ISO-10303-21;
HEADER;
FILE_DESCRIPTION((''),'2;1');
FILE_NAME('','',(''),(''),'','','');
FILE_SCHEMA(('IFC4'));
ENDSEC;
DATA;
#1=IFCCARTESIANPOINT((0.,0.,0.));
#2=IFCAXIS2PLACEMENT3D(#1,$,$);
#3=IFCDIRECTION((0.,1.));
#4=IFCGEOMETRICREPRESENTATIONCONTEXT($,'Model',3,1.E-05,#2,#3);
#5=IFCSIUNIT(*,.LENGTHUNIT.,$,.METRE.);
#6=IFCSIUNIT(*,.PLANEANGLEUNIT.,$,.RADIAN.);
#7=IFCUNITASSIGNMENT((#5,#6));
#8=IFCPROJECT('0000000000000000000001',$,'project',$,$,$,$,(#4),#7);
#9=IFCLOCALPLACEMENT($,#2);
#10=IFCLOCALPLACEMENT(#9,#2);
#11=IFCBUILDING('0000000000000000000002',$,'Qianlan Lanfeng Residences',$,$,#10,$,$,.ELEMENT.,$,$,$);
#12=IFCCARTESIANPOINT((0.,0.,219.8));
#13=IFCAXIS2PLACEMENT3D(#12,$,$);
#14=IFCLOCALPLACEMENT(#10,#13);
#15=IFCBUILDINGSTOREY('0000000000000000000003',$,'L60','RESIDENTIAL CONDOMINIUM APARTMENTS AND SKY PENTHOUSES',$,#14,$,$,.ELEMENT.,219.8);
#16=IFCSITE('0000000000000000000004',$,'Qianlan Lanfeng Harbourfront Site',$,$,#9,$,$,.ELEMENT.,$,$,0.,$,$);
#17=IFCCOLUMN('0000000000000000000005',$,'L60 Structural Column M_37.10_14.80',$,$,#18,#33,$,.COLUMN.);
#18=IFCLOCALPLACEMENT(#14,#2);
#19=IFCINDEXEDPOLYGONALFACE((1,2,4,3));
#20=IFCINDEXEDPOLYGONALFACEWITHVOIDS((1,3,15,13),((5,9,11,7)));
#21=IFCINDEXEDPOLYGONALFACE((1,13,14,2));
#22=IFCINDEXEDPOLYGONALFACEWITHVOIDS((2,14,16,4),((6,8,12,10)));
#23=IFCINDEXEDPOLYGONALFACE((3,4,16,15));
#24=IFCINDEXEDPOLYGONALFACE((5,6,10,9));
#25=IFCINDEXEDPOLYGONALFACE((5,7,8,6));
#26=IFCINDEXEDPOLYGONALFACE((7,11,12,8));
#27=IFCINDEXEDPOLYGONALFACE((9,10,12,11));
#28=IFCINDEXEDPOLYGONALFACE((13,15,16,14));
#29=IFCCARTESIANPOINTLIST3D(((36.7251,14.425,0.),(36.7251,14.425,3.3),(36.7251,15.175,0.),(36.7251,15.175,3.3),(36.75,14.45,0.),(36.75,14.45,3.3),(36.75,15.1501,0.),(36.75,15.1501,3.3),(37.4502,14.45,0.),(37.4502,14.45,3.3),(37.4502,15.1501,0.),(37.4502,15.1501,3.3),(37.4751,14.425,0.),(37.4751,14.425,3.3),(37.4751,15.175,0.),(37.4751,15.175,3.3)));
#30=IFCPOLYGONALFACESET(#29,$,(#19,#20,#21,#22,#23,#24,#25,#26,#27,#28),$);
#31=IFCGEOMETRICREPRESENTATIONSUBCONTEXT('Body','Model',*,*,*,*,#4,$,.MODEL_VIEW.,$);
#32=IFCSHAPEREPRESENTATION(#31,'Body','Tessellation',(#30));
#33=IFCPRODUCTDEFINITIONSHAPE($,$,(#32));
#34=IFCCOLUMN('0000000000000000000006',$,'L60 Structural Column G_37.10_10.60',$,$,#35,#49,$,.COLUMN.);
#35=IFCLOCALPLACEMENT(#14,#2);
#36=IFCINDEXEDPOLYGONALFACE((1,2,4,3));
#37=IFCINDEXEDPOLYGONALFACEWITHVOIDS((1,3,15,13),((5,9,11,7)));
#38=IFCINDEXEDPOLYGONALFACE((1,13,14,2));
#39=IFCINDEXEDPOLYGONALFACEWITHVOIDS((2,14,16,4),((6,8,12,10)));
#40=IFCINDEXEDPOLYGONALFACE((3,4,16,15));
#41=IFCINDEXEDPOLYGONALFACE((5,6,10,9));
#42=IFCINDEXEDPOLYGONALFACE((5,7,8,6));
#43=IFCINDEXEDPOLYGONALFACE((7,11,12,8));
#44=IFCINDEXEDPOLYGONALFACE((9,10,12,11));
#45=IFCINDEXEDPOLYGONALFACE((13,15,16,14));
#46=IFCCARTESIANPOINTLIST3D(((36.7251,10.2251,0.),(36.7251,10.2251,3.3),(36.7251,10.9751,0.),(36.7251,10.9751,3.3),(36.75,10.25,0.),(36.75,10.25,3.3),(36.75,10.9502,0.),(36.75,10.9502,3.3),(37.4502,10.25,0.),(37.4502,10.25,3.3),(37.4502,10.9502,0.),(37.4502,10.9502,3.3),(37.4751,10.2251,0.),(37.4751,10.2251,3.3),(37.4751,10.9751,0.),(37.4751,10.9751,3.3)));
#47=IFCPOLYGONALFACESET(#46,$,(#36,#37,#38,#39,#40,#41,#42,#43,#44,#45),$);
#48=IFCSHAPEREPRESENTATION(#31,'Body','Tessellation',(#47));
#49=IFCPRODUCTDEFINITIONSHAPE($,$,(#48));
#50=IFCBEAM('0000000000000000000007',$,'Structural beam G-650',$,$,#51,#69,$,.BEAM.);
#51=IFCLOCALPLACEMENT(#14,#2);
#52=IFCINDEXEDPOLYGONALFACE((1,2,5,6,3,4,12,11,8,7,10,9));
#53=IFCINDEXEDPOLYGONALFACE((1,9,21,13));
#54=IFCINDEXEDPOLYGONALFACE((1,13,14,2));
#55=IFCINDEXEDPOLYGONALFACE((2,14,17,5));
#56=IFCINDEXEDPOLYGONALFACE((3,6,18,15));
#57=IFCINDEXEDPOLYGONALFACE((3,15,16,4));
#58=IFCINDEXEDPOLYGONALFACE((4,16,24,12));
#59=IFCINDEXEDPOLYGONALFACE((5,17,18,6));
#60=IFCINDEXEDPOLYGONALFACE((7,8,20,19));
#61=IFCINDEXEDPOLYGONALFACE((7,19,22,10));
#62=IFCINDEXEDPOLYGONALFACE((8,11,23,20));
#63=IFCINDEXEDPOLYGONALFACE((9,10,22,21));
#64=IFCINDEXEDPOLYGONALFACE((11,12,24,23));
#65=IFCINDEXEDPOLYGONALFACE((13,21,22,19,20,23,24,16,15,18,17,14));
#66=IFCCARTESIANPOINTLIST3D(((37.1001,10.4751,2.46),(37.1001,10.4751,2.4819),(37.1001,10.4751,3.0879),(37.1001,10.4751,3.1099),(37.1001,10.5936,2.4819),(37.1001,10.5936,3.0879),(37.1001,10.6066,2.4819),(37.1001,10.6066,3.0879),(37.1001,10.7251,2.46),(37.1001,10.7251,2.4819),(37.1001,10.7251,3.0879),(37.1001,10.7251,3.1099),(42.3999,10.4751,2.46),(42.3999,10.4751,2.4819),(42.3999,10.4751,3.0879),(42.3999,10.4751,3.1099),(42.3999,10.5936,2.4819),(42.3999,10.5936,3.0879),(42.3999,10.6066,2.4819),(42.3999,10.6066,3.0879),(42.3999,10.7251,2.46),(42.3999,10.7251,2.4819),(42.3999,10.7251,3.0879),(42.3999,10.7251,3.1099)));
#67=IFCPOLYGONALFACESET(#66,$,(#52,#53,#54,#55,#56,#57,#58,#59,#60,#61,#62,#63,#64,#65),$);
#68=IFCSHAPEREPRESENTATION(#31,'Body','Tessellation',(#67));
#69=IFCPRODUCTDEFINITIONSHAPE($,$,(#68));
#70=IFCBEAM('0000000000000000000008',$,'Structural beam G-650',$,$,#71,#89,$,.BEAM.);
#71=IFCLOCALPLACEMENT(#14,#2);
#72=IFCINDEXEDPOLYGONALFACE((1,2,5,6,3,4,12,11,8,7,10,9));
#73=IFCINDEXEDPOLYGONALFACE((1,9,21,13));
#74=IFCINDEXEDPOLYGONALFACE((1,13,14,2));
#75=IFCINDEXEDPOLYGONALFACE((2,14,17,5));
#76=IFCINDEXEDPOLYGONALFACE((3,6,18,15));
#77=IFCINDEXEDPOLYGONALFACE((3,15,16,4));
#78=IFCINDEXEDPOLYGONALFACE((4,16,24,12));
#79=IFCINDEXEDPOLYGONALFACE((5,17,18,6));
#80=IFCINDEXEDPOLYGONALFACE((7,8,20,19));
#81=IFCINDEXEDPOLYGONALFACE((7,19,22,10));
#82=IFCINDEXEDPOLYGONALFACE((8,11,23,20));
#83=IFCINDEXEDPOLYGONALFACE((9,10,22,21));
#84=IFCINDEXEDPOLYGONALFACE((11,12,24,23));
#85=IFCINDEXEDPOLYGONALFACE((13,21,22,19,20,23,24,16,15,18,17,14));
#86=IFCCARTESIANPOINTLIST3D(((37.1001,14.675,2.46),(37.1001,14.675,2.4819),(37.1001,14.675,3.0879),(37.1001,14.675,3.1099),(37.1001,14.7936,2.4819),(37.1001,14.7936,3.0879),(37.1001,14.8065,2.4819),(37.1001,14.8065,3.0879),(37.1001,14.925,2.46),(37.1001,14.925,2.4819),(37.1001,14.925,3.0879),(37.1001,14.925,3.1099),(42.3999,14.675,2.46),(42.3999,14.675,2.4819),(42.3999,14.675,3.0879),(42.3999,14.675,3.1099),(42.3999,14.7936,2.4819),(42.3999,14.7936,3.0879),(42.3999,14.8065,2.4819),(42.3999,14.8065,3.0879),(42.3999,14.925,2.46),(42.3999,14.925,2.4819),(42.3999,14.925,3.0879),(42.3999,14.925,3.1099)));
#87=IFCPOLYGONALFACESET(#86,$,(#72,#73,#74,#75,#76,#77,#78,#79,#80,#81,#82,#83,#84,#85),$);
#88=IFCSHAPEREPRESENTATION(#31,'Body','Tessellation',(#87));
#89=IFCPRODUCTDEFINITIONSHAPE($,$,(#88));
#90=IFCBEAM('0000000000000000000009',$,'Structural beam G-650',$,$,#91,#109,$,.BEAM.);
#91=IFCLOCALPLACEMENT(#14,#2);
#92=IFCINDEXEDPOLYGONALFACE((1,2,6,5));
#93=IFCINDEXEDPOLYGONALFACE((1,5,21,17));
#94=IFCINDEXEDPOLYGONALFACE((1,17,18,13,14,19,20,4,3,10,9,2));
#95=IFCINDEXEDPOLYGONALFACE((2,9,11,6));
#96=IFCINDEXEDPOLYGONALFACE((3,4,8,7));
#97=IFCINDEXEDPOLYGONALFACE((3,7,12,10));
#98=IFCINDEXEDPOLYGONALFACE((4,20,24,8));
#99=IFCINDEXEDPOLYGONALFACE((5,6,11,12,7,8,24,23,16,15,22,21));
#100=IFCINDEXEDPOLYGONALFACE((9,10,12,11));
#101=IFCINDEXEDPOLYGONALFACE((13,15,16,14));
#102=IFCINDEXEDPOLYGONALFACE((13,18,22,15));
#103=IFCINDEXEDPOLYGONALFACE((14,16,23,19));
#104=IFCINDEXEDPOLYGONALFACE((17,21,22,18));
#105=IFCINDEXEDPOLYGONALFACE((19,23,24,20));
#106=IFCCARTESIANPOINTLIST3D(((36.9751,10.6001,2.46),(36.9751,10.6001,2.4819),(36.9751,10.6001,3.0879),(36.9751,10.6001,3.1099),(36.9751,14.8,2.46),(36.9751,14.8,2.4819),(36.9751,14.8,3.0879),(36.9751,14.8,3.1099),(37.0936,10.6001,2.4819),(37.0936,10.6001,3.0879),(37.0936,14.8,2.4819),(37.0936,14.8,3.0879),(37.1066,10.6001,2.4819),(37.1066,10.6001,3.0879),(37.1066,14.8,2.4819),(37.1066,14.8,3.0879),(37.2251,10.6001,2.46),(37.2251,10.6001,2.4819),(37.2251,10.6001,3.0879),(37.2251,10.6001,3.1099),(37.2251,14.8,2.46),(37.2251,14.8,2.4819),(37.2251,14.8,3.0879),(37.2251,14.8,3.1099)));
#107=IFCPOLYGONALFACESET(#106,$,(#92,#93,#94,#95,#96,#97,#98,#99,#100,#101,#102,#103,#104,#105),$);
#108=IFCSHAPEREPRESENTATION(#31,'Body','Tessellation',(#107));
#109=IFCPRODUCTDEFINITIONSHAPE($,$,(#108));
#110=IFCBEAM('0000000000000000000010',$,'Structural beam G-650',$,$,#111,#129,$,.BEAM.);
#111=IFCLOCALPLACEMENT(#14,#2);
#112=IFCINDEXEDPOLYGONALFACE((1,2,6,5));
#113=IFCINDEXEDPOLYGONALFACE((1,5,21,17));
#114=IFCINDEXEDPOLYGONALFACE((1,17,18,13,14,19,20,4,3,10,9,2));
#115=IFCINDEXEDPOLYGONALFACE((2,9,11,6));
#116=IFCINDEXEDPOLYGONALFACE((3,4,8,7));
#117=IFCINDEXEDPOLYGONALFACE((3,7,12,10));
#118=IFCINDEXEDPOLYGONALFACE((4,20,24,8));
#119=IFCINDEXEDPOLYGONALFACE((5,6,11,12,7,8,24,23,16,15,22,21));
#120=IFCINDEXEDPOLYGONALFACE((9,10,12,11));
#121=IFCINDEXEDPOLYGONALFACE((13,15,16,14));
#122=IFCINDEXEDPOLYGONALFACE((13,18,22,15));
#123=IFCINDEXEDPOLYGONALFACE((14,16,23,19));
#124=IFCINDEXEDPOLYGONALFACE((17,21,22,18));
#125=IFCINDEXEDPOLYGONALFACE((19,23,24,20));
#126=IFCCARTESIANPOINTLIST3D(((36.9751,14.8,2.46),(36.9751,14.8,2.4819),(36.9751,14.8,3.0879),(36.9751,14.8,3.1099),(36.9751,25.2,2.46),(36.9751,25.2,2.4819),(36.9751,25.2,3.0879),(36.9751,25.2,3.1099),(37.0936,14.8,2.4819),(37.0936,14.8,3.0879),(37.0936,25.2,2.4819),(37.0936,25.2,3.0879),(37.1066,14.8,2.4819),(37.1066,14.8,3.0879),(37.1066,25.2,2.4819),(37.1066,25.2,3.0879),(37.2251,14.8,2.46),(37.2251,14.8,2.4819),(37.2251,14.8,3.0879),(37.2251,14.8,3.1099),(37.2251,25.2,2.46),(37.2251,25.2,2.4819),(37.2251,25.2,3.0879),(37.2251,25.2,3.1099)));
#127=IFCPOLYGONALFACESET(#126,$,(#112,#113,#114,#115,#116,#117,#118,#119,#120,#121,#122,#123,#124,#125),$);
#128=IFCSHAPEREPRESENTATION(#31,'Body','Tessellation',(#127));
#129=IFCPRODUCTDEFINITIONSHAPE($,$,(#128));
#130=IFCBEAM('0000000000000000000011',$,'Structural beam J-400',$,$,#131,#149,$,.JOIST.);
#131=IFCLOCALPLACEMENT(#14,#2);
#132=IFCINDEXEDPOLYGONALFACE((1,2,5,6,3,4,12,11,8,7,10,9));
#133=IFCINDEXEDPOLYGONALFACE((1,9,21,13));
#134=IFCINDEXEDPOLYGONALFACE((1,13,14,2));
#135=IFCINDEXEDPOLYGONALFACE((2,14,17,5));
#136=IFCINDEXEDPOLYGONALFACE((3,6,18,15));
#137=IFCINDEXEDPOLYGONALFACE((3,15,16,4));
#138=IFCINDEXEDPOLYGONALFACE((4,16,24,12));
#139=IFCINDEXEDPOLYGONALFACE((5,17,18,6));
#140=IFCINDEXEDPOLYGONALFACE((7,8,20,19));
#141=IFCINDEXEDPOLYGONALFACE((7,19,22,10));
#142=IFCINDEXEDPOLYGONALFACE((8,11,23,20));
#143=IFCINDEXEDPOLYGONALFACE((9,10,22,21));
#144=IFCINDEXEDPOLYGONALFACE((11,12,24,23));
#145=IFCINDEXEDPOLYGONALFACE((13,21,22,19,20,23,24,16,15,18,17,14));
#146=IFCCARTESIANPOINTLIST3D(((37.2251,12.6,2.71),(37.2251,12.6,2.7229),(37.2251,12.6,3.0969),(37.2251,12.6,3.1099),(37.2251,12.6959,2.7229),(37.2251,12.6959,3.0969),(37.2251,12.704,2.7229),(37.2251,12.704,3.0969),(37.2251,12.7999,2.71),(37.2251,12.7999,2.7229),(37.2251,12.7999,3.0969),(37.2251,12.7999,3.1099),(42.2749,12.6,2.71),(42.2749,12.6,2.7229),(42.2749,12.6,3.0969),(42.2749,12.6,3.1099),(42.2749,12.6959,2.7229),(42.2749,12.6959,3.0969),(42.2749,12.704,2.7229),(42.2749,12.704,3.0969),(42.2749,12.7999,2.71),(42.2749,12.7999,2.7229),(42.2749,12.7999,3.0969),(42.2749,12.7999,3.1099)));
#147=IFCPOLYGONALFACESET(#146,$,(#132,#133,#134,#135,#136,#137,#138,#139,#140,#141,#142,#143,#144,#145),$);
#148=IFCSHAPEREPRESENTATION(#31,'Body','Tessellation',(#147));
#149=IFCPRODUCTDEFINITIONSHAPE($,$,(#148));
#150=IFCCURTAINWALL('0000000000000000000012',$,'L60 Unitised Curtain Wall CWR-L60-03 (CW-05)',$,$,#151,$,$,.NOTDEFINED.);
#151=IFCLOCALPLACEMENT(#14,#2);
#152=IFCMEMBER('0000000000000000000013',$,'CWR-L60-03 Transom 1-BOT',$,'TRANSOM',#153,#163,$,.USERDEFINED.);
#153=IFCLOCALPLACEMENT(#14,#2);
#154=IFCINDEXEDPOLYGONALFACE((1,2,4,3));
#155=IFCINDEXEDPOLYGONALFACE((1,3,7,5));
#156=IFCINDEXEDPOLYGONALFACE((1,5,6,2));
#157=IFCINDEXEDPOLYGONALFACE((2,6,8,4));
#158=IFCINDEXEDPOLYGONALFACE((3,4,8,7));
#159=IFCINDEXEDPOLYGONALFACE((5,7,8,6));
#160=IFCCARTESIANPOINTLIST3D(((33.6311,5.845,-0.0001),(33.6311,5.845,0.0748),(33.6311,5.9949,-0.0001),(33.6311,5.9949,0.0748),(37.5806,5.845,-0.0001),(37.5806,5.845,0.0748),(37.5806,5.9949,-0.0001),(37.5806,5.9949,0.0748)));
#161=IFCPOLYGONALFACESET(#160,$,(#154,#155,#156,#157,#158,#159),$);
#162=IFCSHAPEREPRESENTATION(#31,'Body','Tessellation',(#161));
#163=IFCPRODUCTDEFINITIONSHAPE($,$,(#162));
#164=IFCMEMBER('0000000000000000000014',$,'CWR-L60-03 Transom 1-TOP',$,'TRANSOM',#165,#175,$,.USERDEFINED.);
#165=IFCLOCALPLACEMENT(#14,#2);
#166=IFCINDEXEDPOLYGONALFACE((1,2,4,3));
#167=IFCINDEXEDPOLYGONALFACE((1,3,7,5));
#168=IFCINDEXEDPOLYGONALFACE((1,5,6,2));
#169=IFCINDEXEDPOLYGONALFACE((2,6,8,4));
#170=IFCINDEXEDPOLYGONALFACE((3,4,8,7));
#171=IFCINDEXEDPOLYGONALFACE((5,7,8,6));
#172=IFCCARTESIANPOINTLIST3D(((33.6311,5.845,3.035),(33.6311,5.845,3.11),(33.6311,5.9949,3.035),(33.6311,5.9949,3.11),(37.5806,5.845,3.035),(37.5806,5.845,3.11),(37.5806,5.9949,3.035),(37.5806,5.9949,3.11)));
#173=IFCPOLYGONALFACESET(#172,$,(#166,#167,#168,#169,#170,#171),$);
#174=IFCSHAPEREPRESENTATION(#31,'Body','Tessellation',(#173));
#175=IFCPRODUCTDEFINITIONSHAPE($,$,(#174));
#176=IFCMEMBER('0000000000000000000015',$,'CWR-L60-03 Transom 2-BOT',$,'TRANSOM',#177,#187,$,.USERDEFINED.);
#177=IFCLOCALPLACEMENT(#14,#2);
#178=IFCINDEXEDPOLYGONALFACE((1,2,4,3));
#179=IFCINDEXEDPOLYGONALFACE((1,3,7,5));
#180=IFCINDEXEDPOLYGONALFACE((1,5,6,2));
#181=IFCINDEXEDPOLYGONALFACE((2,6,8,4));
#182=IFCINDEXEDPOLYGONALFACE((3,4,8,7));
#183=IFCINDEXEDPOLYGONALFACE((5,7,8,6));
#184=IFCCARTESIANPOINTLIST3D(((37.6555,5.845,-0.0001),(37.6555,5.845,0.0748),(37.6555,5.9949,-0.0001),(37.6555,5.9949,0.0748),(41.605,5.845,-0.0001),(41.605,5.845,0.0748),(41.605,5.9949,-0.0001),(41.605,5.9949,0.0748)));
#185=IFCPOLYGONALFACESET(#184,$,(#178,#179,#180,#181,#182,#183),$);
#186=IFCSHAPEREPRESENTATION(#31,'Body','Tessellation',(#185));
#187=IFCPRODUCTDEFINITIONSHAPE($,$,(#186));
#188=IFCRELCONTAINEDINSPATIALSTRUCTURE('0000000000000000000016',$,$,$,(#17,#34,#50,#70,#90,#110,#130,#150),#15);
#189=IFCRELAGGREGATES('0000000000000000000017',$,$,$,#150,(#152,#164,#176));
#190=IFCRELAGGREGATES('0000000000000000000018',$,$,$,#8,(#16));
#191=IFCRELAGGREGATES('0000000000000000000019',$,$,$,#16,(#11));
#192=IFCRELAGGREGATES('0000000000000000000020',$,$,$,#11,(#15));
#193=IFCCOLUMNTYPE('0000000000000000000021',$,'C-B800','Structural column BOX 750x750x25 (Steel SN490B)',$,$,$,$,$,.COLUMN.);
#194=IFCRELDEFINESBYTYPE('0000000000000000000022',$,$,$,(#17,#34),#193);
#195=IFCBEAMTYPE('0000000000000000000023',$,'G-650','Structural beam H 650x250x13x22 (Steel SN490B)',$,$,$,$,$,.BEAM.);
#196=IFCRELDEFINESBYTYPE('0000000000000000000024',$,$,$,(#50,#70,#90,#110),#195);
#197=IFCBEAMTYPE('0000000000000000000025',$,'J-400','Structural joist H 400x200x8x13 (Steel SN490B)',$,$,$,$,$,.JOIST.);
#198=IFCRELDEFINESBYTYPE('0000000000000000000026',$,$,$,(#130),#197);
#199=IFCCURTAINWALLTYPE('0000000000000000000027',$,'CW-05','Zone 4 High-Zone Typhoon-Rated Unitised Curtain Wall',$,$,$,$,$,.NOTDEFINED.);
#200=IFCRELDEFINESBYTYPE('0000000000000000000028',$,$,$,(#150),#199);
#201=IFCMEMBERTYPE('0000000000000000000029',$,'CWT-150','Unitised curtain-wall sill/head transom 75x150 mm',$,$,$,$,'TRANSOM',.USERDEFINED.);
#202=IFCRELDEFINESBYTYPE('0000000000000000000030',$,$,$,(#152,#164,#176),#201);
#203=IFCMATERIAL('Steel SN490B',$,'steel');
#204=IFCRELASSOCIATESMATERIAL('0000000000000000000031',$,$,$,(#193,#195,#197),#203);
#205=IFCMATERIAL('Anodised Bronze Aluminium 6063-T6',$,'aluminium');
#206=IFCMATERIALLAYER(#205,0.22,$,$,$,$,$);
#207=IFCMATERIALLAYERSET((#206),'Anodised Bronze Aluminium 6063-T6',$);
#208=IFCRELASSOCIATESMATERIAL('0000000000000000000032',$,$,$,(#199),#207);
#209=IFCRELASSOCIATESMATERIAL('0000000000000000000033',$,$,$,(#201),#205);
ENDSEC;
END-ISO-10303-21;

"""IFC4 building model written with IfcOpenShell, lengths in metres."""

from ifc_helpers import new_model, si_unit, direction, frame, origin, origin_2d, place, context, subcontext, project, spatial, rectangle, hollow_rectangle, i_section, extrude, source, transform, mapped, material, layer, layer_set, material_profile, profile_set, type_object, element, aggregate, save


model = new_model("IFC4")

# Units and contexts
model_context = context("Model", 3, precision=1e-05, world=origin(), true_north=direction((0.0, 1.0)))
body_context = subcontext(model_context, "Body", "Model", "MODEL_VIEW")
ifc_project = project(units=[si_unit("LENGTHUNIT", "METRE"), si_unit("PLANEANGLEUNIT", "RADIAN")], contexts=[model_context])

# Site, building, storey
site_placement = place(None, origin())
site = spatial("IfcSite", under=ifc_project, at=site_placement, Name="Qianlan Lanfeng Harbourfront Site", CompositionType="ELEMENT", RefElevation=0.0)
building_placement = place(site_placement, origin())
building = spatial("IfcBuilding", under=site, at=building_placement, Name="Qianlan Lanfeng Residences", CompositionType="ELEMENT")
storey_placement = place(building_placement, frame((0.0, 0.0, 219.8)))
storey = spatial("IfcBuildingStorey", under=building, at=storey_placement, Name="L60", Description="RESIDENTIAL CONDOMINIUM APARTMENTS AND SKY PENTHOUSES", CompositionType="ELEMENT", Elevation=219.8)

# Columns
ifc_material_1 = material(Name="Steel SN490B", Category="steel")
ifc_material_profile_1 = material_profile(ifc_material_1, hollow_rectangle(XDim=0.75, YDim=0.75, WallThickness=0.0249, at=origin_2d()), Name="BOX 750x750x25")
ifc_profile_set_1 = profile_set([ifc_material_profile_1], Name="Steel SN490B")
column_type = type_object("IfcColumnType", Name="C-B800", Description="Structural column BOX 750x750x25 (Steel SN490B)", PredefinedType="COLUMN", material=ifc_profile_set_1)
for number, where, z_axis, x_axis, name in (
    (1, (37.1001, 14.8, 0.0), (0.0, 0.0, 1.0), (1.0, 0.0, 0.0), "L60 Structural Column M_37.10_14.80"),
    (2, (37.1001, 10.6001, 0.0), (0.0, 0.0, 1.0), (1.0, 0.0, 0.0), "L60 Structural Column G_37.10_10.60"),
):
    element("IfcColumn", number, at=place(storey_placement, frame(where, z_axis=z_axis, x_axis=x_axis)), inside=storey, type_object=column_type, Name=name, PredefinedType="COLUMN", context=body_context, shape_type="SweptSolid", body=[
        extrude(hollow_rectangle(XDim=0.75, YDim=0.75, WallThickness=0.0249, at=origin_2d()), origin(), (0.0, 0.0, 1.0), 3.3),
    ])

# Beams
ifc_material_profile_2 = material_profile(ifc_material_1, i_section(OverallWidth=0.25, OverallDepth=0.6499, WebThickness=0.0129, FlangeThickness=0.022, at=origin_2d()), Name="H 650x250x13x22")
ifc_profile_set_2 = profile_set([ifc_material_profile_2], Name="Steel SN490B")
beam_type_1 = type_object("IfcBeamType", Name="G-650", Description="Structural beam H 650x250x13x22 (Steel SN490B)", PredefinedType="BEAM", material=ifc_profile_set_2)
for number, where, z_axis, x_axis, name in (
    (3, (37.1001, 10.6001, 2.7849), (1.0, 0.0, 0.0), (0.0, 1.0, 0.0), "Structural beam G-650"),
    (4, (37.1001, 14.8, 2.7849), (1.0, 0.0, 0.0), (0.0, 1.0, 0.0), "Structural beam G-650"),
):
    element("IfcBeam", number, at=place(storey_placement, frame(where, z_axis=z_axis, x_axis=x_axis)), inside=storey, type_object=beam_type_1, Name=name, PredefinedType="BEAM", context=body_context, shape_type="SweptSolid", body=[
        extrude(i_section(OverallWidth=0.25, OverallDepth=0.6499, WebThickness=0.0129, FlangeThickness=0.022, at=origin_2d()), origin(), (0.0, 0.0, 1.0), 5.2998),
    ])
beam_1_placement = place(storey_placement, frame((37.1001, 10.6001, 2.7849), z_axis=(0.0, 1.0, 0.0), x_axis=(-1.0, 0.0, 0.0)))
element("IfcBeam", 5, at=beam_1_placement, inside=storey, type_object=beam_type_1, Name="Structural beam G-650", PredefinedType="BEAM", context=body_context, shape_type="SweptSolid", body=[
    extrude(i_section(OverallWidth=0.25, OverallDepth=0.6499, WebThickness=0.0129, FlangeThickness=0.022, at=origin_2d()), origin(), (0.0, 0.0, 1.0), 4.2),
])
beam_2_placement = place(storey_placement, frame((37.1001, 14.8, 2.7849), z_axis=(0.0, 1.0, 0.0), x_axis=(-1.0, 0.0, 0.0)))
element("IfcBeam", 6, at=beam_2_placement, inside=storey, type_object=beam_type_1, Name="Structural beam G-650", PredefinedType="BEAM", context=body_context, shape_type="SweptSolid", body=[
    extrude(i_section(OverallWidth=0.25, OverallDepth=0.6499, WebThickness=0.0129, FlangeThickness=0.022, at=origin_2d()), origin(), (0.0, 0.0, 1.0), 10.3999),
])
ifc_material_profile_3 = material_profile(ifc_material_1, i_section(OverallWidth=0.2, OverallDepth=0.3999, WebThickness=0.0081, FlangeThickness=0.0129, at=origin_2d()), Name="H 400x200x8x13")
ifc_profile_set_3 = profile_set([ifc_material_profile_3], Name="Steel SN490B")
beam_type_2 = type_object("IfcBeamType", Name="J-400", Description="Structural joist H 400x200x8x13 (Steel SN490B)", PredefinedType="JOIST", material=ifc_profile_set_3)
beam_3_placement = place(storey_placement, frame((37.2251, 12.7, 2.9099), z_axis=(1.0, 0.0, 0.0), x_axis=(0.0, 1.0, 0.0)))
element("IfcBeam", 7, at=beam_3_placement, inside=storey, type_object=beam_type_2, Name="Structural beam J-400", PredefinedType="JOIST", context=body_context, shape_type="SweptSolid", body=[
    extrude(i_section(OverallWidth=0.2, OverallDepth=0.3999, WebThickness=0.0081, FlangeThickness=0.0129, at=origin_2d()), origin(), (0.0, 0.0, 1.0), 5.0498),
])

# Curtain wall, members
ifc_material_2 = material(Name="Anodised Bronze Aluminium 6063-T6", Category="aluminium")
ifc_layer_1 = layer(ifc_material_2, 0.22)
ifc_layer_set_1 = layer_set([ifc_layer_1], Name="Anodised Bronze Aluminium 6063-T6")
curtain_wall_type = type_object("IfcCurtainWallType", Name="CW-05", Description="Zone 4 High-Zone Typhoon-Rated Unitised Curtain Wall", PredefinedType="NOTDEFINED", material=ifc_layer_set_1)
curtain_wall_1_placement = place(storey_placement, origin())
curtain_wall_1 = element("IfcCurtainWall", 8, at=curtain_wall_1_placement, inside=storey, type_object=curtain_wall_type, Name="L60 Unitised Curtain Wall CWR-L60-03 (CW-05)", PredefinedType="NOTDEFINED")
ifc_material_profile_4 = material_profile(ifc_material_2, rectangle(XDim=0.075, YDim=0.1499, at=origin_2d()), Name="ALU TRANSOM 75x150")
ifc_profile_set_4 = profile_set([ifc_material_profile_4], Name="Anodised Bronze Aluminium 6063-T6")
member_type_1 = type_object("IfcMemberType", Name="CWT-150", Description="Unitised curtain-wall sill/head transom 75x150 mm", ElementType="TRANSOM", PredefinedType="USERDEFINED", material=ifc_profile_set_4)
shared_shape_1 = source(origin(), body_context, "Body", "SweptSolid", [
    extrude(rectangle(XDim=0.075, YDim=0.1499, at=origin_2d()), origin(), (0.0, 0.0, 1.0), 3.9495),
])
member_1_placement = place(storey_placement, frame((33.6311, 5.9199, 0.0374), z_axis=(1.0, 0.0, 0.0), x_axis=(0.0, 0.0, 1.0)))
member_1 = element("IfcMember", 9, at=member_1_placement, type_object=member_type_1, Name="CWR-L60-03 Transom 1-BOT", ObjectType="TRANSOM", PredefinedType="USERDEFINED", context=body_context, shape_type="MappedRepresentation", body=[
    mapped(shared_shape_1, transform((0.0, 0.0, 0.0), scale=1.0)),
])
member_2_placement = place(storey_placement, frame((33.6311, 5.9199, 3.0725), z_axis=(1.0, 0.0, 0.0), x_axis=(0.0, 0.0, 1.0)))
member_2 = element("IfcMember", 10, at=member_2_placement, type_object=member_type_1, Name="CWR-L60-03 Transom 1-TOP", ObjectType="TRANSOM", PredefinedType="USERDEFINED", context=body_context, shape_type="MappedRepresentation", body=[
    mapped(shared_shape_1, transform((0.0, 0.0, 0.0), scale=1.0)),
])
member_3_placement = place(storey_placement, frame((37.6555, 5.9199, 0.0374), z_axis=(1.0, 0.0, 0.0), x_axis=(0.0, 0.0, 1.0)))
member_3 = element("IfcMember", 11, at=member_3_placement, type_object=member_type_1, Name="CWR-L60-03 Transom 2-BOT", ObjectType="TRANSOM", PredefinedType="USERDEFINED", context=body_context, shape_type="MappedRepresentation", body=[
    mapped(shared_shape_1, transform((0.0, 0.0, 0.0), scale=1.0)),
])

aggregate(curtain_wall_1, [member_1, member_2, member_3])

save(model, "model.ifc")
